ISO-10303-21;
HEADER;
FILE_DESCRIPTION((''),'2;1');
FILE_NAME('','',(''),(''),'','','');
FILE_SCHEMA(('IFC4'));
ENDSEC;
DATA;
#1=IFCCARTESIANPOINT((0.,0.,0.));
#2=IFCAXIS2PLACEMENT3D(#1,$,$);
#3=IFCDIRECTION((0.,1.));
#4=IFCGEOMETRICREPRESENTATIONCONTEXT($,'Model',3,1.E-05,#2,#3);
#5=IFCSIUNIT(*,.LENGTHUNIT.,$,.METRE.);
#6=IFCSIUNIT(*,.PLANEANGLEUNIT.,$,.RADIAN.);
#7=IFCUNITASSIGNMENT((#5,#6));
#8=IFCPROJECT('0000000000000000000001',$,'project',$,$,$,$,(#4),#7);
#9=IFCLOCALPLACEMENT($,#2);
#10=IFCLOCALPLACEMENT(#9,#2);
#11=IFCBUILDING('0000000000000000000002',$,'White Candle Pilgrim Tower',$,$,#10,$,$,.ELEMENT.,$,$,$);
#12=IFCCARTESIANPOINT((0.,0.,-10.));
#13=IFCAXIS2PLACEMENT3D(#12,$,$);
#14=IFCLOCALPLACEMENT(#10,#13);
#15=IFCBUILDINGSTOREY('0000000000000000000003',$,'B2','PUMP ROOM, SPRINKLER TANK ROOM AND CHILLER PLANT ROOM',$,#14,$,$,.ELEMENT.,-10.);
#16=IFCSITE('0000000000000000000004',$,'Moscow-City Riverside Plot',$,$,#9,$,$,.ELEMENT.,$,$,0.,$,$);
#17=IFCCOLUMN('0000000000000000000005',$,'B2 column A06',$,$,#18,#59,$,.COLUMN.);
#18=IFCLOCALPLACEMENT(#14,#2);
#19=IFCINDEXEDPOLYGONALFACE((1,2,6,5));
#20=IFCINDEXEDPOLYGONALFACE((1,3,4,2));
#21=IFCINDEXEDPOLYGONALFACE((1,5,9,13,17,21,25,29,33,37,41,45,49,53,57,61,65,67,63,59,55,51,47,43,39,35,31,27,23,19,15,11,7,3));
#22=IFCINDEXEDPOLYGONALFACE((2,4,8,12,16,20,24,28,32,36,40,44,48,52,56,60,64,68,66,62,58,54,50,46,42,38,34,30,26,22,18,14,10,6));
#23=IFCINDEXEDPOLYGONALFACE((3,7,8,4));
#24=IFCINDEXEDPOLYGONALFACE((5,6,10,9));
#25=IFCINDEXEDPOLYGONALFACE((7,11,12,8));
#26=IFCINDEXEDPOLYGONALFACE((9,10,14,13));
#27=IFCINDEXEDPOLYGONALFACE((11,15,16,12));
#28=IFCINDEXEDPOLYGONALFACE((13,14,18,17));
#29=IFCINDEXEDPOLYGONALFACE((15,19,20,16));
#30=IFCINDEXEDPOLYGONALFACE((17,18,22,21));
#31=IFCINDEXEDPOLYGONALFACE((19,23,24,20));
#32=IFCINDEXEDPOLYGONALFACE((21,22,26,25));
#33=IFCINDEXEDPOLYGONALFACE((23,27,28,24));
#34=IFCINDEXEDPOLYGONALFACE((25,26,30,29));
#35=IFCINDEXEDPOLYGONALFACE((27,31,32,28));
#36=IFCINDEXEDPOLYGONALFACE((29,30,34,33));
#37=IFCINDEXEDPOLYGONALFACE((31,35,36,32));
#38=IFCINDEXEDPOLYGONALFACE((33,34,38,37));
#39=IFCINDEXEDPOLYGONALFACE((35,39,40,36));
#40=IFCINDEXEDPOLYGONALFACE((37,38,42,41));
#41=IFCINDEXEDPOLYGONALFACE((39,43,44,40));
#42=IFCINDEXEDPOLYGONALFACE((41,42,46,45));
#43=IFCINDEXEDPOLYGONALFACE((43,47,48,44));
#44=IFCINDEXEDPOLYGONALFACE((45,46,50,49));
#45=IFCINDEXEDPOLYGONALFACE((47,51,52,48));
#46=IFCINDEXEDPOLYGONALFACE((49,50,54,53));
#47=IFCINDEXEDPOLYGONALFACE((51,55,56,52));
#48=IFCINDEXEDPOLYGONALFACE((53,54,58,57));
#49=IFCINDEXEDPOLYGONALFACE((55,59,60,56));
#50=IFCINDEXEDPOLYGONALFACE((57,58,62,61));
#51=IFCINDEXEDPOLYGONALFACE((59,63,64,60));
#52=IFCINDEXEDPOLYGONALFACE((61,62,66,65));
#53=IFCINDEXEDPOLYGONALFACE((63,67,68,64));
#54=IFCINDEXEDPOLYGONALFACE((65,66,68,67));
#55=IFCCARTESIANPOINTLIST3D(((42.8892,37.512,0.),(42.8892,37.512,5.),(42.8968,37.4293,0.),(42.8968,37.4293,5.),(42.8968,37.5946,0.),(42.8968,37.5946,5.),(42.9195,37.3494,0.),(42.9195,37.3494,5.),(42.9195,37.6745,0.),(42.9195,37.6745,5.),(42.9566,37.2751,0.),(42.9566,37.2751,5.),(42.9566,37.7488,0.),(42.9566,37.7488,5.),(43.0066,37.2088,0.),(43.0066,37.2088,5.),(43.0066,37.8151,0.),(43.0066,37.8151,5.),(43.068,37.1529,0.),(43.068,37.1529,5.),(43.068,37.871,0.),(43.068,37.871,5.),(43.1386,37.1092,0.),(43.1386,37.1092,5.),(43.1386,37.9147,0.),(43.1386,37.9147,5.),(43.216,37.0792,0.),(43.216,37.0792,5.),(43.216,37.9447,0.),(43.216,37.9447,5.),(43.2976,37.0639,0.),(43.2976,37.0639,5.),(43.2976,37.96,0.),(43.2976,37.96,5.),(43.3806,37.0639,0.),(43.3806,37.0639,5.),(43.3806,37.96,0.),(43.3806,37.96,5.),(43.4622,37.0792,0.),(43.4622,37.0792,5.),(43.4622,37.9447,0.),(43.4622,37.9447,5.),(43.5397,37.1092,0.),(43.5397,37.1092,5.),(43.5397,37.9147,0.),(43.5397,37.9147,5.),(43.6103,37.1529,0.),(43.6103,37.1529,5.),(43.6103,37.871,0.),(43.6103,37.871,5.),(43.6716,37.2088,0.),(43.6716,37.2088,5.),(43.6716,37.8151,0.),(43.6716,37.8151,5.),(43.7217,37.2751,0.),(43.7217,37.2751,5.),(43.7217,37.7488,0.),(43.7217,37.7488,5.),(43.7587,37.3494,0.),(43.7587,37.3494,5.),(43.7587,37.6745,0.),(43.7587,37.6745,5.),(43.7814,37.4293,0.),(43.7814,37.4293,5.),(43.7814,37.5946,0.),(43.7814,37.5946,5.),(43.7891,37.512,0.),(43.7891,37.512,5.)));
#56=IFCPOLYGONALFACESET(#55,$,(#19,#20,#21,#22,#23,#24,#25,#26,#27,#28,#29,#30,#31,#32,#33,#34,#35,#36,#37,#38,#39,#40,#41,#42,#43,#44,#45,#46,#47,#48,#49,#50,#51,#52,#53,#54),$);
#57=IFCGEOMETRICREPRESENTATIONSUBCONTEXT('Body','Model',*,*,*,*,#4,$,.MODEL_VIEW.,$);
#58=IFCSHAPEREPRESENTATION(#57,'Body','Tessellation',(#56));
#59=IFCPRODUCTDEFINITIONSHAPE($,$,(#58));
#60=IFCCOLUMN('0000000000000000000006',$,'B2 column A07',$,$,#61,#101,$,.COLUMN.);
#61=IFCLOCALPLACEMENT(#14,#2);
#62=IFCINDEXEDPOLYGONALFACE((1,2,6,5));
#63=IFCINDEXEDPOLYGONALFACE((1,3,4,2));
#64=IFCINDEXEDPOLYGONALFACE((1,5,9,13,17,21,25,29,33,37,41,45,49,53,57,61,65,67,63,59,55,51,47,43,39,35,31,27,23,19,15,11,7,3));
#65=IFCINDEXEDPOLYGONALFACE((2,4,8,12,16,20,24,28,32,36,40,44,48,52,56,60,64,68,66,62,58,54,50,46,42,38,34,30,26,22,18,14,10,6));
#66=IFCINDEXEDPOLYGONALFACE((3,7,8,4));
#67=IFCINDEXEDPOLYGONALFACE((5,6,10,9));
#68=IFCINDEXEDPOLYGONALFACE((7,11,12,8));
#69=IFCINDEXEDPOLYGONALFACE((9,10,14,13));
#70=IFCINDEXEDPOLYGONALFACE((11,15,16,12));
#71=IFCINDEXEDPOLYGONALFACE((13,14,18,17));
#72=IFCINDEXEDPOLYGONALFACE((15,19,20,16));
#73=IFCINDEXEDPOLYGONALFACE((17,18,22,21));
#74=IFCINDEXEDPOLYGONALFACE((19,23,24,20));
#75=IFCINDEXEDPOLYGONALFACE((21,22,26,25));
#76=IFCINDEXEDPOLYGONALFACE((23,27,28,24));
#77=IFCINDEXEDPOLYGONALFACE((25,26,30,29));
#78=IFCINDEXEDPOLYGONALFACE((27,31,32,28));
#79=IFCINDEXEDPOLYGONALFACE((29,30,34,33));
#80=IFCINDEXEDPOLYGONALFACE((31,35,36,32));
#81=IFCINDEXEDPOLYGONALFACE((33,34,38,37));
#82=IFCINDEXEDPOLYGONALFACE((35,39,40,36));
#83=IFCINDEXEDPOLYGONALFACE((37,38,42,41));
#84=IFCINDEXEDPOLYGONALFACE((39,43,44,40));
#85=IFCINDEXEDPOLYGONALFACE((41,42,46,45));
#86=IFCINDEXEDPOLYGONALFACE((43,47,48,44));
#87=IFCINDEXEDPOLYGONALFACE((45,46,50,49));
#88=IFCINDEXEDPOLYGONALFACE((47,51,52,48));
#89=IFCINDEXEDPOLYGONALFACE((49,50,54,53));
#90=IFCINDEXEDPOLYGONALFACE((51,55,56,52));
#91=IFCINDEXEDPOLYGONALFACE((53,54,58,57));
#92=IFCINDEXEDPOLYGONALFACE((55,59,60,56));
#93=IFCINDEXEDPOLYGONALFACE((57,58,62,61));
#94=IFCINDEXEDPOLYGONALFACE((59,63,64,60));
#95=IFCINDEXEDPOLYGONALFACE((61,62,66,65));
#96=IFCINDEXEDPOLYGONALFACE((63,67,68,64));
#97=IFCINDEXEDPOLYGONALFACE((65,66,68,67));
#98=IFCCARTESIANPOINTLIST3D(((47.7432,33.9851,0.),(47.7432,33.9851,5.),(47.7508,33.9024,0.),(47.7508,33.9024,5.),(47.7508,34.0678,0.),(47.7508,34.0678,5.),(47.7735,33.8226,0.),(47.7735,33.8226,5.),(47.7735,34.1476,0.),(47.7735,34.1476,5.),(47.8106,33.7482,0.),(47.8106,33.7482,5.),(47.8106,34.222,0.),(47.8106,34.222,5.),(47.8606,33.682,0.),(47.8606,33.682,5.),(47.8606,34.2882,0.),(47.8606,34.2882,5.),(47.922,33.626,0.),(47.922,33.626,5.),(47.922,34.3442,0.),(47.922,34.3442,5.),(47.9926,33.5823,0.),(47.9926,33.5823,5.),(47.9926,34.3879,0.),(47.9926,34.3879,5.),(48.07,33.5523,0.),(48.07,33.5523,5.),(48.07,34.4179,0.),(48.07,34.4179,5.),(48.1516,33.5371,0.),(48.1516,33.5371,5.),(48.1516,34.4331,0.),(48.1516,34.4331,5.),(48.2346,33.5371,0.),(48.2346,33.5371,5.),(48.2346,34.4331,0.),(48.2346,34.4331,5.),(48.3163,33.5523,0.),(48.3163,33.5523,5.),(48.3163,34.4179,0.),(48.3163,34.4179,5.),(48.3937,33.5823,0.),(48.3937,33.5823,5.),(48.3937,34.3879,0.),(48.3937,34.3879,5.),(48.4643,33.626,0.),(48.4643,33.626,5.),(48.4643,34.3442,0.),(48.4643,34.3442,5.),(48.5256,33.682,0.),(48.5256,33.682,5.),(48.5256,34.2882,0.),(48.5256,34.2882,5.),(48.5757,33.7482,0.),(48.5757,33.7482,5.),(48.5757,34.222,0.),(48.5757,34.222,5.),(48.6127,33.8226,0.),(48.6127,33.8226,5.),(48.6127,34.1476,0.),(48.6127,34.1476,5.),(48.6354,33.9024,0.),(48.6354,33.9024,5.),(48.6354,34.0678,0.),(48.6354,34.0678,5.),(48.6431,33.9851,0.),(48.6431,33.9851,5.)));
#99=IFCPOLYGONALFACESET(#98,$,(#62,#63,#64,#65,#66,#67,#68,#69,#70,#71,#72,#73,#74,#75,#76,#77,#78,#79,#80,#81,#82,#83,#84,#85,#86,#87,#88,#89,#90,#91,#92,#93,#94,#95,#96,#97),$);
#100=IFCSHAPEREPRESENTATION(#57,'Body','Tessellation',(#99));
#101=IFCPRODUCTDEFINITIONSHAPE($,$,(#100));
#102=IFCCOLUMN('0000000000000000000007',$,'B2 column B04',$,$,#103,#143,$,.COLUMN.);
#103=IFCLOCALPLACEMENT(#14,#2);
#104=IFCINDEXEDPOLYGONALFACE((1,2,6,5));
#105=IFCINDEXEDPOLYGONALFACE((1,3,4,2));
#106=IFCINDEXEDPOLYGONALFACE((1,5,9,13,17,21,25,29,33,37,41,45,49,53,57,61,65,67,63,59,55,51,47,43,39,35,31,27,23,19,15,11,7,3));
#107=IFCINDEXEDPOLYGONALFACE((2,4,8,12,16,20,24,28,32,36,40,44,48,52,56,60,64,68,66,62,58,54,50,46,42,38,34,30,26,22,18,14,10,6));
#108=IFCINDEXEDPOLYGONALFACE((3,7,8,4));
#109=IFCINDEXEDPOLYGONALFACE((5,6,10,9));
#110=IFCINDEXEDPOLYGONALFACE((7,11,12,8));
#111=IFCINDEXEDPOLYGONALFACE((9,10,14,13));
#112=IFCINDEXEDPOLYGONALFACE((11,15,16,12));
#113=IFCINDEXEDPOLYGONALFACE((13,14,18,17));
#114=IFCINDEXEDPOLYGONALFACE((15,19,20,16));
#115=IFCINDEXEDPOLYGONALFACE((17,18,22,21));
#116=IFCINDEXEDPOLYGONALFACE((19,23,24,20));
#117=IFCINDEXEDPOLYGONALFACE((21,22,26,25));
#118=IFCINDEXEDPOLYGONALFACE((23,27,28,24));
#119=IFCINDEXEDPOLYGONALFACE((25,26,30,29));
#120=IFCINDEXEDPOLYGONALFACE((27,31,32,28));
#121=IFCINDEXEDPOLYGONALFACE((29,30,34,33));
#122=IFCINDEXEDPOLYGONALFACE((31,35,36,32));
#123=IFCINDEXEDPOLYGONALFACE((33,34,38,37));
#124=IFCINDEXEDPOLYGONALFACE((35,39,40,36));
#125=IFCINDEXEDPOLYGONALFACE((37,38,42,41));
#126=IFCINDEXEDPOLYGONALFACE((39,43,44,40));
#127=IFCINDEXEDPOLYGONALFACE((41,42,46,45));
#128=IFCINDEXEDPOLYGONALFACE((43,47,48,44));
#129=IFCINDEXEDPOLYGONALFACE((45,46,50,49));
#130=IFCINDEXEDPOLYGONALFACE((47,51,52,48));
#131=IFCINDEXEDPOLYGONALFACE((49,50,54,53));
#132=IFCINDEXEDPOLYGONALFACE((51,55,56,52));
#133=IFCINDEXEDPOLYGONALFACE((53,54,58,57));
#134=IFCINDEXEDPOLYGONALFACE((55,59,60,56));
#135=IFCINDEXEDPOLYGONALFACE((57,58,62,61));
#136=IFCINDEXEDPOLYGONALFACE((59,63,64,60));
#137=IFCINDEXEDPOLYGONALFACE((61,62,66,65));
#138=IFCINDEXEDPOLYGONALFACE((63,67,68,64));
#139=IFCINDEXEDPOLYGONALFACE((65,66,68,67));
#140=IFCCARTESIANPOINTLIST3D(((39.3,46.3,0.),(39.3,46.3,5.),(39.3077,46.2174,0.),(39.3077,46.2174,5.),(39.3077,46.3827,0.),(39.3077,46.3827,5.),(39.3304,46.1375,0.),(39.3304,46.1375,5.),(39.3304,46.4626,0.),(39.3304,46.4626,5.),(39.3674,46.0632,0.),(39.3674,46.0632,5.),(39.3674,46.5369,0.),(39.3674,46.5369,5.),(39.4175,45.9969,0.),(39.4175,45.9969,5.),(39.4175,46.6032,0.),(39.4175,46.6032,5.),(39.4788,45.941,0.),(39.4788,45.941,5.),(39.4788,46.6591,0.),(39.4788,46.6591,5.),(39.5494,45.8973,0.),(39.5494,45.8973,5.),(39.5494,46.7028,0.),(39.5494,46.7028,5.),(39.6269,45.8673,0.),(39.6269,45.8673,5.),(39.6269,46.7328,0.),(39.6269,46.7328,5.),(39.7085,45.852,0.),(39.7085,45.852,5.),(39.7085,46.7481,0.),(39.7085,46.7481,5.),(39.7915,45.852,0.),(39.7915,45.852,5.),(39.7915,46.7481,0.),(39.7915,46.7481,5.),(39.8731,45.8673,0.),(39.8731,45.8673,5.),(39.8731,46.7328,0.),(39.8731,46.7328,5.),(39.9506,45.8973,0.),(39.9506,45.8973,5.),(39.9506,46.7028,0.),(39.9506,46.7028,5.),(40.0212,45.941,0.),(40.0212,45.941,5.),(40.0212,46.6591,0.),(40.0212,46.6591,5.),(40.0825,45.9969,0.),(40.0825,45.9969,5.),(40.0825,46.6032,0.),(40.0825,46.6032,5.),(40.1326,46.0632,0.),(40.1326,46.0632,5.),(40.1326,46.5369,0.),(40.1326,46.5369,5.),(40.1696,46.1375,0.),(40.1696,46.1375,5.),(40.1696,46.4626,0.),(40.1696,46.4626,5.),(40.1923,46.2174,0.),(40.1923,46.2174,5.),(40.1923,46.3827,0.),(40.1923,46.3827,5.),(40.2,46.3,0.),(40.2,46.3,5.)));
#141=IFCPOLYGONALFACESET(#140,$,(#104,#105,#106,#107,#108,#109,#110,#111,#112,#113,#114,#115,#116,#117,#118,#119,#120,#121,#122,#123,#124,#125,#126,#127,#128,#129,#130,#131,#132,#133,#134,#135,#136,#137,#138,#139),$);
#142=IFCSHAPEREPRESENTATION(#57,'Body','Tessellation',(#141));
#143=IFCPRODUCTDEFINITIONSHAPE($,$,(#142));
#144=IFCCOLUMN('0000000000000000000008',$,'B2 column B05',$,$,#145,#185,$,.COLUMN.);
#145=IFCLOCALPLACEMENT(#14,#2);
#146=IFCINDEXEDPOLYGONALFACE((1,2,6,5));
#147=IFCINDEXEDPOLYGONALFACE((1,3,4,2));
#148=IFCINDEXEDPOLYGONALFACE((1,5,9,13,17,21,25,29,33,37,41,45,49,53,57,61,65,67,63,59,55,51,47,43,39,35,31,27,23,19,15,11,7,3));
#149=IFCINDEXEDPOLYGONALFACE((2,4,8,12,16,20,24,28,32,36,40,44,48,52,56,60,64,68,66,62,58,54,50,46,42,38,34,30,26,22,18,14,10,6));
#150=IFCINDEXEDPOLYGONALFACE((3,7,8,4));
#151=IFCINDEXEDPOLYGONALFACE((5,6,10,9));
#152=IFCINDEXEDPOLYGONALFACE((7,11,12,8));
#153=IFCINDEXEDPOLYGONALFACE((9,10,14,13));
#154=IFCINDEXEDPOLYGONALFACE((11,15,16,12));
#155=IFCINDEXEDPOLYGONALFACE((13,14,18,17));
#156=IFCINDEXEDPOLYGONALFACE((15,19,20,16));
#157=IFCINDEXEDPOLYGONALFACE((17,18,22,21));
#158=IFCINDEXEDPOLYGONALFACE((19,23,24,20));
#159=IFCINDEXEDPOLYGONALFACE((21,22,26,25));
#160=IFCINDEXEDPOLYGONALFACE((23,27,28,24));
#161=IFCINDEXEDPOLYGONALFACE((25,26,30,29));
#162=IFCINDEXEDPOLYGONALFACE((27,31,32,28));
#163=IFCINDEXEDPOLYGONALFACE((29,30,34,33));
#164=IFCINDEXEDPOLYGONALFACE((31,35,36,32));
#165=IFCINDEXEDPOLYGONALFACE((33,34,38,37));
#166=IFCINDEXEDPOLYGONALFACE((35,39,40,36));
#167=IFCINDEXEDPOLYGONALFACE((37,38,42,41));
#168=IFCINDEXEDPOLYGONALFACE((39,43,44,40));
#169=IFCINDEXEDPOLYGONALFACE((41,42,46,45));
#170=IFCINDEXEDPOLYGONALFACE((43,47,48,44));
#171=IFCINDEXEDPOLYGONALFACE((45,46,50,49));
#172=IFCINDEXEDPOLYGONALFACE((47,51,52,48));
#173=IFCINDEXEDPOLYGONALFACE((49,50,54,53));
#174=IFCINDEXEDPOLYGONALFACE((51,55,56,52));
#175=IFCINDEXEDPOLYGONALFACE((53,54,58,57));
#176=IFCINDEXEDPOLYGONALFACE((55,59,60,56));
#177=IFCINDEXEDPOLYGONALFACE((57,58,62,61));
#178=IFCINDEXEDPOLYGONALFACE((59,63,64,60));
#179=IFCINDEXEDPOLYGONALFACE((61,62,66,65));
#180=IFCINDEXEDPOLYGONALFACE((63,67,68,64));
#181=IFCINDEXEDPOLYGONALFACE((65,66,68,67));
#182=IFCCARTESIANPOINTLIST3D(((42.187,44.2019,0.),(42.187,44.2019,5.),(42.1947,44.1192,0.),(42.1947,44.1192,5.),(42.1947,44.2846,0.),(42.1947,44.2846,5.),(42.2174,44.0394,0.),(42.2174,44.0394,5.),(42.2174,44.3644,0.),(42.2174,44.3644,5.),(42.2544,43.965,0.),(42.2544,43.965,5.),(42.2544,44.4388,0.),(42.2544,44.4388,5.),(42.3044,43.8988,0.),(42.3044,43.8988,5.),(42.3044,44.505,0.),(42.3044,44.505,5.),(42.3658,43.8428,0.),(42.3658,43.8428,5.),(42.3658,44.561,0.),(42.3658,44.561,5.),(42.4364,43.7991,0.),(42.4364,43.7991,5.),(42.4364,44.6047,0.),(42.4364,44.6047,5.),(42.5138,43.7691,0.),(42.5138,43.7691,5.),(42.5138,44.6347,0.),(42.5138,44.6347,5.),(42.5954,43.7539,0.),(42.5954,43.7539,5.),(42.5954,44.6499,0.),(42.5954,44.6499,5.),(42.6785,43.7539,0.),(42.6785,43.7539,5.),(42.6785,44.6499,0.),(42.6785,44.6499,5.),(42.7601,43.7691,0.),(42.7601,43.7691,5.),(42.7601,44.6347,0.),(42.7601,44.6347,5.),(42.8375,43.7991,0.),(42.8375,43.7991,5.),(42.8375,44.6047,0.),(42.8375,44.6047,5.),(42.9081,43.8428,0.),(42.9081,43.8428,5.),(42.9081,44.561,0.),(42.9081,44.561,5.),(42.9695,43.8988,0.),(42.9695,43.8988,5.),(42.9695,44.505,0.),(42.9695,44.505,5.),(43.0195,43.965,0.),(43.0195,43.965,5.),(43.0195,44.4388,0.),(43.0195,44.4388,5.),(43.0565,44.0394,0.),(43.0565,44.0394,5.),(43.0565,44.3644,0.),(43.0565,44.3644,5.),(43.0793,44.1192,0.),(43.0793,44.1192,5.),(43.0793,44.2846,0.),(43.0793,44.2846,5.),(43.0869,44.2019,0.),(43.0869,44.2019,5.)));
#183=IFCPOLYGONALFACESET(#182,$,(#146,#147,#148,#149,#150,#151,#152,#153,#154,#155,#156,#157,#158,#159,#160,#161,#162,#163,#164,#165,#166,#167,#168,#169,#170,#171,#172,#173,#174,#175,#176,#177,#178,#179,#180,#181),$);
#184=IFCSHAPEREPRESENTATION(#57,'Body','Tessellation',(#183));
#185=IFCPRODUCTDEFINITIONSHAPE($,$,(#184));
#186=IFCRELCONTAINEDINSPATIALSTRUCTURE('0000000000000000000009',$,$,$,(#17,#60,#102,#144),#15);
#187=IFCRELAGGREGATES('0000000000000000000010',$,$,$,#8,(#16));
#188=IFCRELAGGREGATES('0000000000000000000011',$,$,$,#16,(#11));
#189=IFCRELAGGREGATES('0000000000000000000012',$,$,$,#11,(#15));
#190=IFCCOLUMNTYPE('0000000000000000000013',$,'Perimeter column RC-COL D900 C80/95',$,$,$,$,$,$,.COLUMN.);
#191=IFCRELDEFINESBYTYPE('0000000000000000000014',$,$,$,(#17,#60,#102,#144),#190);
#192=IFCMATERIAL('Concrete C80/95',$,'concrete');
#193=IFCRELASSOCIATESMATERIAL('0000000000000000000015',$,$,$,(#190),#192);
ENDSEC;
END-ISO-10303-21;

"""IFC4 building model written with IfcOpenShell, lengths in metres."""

from ifc_helpers import new_model, si_unit, direction, frame, origin, origin_2d, place, context, subcontext, project, spatial, circle, extrude, material, material_profile, profile_set, type_object, element, save


model = new_model("IFC4")

# Units and contexts
model_context = context("Model", 3, precision=1e-05, world=origin(), true_north=direction((0.0, 1.0)))
body_context = subcontext(model_context, "Body", "Model", "MODEL_VIEW")
ifc_project = project(units=[si_unit("LENGTHUNIT", "METRE"), si_unit("PLANEANGLEUNIT", "RADIAN")], contexts=[model_context])

# Site, building, storey
site_placement = place(None, origin())
site = spatial("IfcSite", under=ifc_project, at=site_placement, Name="Moscow-City Riverside Plot", CompositionType="ELEMENT", RefElevation=0.0)
building_placement = place(site_placement, origin())
building = spatial("IfcBuilding", under=site, at=building_placement, Name="White Candle Pilgrim Tower", CompositionType="ELEMENT")
storey_placement = place(building_placement, frame((0.0, 0.0, -10.0)))
storey = spatial("IfcBuildingStorey", under=building, at=storey_placement, Name="B2", Description="PUMP ROOM, SPRINKLER TANK ROOM AND CHILLER PLANT ROOM", CompositionType="ELEMENT", Elevation=-10.0)

# Columns
ifc_material_1 = material(Name="Concrete C80/95", Category="concrete")
ifc_material_profile_1 = material_profile(ifc_material_1, circle(Radius=0.45, at=origin_2d()), Name="RC-COL D900")
ifc_profile_set_1 = profile_set([ifc_material_profile_1], Name="Concrete C80/95")
column_type = type_object("IfcColumnType", Name="Perimeter column RC-COL D900 C80/95", PredefinedType="COLUMN", material=ifc_profile_set_1)
for number, where, z_axis, x_axis, name in (
    (1, (43.3391, 37.512, 0.0), (0.0, 0.0, 1.0), (1.0, 0.0, 0.0), "B2 column A06"),
    (2, (48.1931, 33.9851, 0.0), (0.0, 0.0, 1.0), (1.0, 0.0, 0.0), "B2 column A07"),
    (3, (39.75, 46.3, 0.0), (0.0, 0.0, 1.0), (1.0, 0.0, 0.0), "B2 column B04"),
    (4, (42.637, 44.2019, 0.0), (0.0, 0.0, 1.0), (1.0, 0.0, 0.0), "B2 column B05"),
):
    element("IfcColumn", number, at=place(storey_placement, frame(where, z_axis=z_axis, x_axis=x_axis)), inside=storey, type_object=column_type, Name=name, PredefinedType="COLUMN", context=body_context, shape_type="SweptSolid", body=[
        extrude(circle(Radius=0.45, at=origin_2d()), origin(), (0.0, 0.0, 1.0), 5.0),
    ])

save(model, "model.ifc")
